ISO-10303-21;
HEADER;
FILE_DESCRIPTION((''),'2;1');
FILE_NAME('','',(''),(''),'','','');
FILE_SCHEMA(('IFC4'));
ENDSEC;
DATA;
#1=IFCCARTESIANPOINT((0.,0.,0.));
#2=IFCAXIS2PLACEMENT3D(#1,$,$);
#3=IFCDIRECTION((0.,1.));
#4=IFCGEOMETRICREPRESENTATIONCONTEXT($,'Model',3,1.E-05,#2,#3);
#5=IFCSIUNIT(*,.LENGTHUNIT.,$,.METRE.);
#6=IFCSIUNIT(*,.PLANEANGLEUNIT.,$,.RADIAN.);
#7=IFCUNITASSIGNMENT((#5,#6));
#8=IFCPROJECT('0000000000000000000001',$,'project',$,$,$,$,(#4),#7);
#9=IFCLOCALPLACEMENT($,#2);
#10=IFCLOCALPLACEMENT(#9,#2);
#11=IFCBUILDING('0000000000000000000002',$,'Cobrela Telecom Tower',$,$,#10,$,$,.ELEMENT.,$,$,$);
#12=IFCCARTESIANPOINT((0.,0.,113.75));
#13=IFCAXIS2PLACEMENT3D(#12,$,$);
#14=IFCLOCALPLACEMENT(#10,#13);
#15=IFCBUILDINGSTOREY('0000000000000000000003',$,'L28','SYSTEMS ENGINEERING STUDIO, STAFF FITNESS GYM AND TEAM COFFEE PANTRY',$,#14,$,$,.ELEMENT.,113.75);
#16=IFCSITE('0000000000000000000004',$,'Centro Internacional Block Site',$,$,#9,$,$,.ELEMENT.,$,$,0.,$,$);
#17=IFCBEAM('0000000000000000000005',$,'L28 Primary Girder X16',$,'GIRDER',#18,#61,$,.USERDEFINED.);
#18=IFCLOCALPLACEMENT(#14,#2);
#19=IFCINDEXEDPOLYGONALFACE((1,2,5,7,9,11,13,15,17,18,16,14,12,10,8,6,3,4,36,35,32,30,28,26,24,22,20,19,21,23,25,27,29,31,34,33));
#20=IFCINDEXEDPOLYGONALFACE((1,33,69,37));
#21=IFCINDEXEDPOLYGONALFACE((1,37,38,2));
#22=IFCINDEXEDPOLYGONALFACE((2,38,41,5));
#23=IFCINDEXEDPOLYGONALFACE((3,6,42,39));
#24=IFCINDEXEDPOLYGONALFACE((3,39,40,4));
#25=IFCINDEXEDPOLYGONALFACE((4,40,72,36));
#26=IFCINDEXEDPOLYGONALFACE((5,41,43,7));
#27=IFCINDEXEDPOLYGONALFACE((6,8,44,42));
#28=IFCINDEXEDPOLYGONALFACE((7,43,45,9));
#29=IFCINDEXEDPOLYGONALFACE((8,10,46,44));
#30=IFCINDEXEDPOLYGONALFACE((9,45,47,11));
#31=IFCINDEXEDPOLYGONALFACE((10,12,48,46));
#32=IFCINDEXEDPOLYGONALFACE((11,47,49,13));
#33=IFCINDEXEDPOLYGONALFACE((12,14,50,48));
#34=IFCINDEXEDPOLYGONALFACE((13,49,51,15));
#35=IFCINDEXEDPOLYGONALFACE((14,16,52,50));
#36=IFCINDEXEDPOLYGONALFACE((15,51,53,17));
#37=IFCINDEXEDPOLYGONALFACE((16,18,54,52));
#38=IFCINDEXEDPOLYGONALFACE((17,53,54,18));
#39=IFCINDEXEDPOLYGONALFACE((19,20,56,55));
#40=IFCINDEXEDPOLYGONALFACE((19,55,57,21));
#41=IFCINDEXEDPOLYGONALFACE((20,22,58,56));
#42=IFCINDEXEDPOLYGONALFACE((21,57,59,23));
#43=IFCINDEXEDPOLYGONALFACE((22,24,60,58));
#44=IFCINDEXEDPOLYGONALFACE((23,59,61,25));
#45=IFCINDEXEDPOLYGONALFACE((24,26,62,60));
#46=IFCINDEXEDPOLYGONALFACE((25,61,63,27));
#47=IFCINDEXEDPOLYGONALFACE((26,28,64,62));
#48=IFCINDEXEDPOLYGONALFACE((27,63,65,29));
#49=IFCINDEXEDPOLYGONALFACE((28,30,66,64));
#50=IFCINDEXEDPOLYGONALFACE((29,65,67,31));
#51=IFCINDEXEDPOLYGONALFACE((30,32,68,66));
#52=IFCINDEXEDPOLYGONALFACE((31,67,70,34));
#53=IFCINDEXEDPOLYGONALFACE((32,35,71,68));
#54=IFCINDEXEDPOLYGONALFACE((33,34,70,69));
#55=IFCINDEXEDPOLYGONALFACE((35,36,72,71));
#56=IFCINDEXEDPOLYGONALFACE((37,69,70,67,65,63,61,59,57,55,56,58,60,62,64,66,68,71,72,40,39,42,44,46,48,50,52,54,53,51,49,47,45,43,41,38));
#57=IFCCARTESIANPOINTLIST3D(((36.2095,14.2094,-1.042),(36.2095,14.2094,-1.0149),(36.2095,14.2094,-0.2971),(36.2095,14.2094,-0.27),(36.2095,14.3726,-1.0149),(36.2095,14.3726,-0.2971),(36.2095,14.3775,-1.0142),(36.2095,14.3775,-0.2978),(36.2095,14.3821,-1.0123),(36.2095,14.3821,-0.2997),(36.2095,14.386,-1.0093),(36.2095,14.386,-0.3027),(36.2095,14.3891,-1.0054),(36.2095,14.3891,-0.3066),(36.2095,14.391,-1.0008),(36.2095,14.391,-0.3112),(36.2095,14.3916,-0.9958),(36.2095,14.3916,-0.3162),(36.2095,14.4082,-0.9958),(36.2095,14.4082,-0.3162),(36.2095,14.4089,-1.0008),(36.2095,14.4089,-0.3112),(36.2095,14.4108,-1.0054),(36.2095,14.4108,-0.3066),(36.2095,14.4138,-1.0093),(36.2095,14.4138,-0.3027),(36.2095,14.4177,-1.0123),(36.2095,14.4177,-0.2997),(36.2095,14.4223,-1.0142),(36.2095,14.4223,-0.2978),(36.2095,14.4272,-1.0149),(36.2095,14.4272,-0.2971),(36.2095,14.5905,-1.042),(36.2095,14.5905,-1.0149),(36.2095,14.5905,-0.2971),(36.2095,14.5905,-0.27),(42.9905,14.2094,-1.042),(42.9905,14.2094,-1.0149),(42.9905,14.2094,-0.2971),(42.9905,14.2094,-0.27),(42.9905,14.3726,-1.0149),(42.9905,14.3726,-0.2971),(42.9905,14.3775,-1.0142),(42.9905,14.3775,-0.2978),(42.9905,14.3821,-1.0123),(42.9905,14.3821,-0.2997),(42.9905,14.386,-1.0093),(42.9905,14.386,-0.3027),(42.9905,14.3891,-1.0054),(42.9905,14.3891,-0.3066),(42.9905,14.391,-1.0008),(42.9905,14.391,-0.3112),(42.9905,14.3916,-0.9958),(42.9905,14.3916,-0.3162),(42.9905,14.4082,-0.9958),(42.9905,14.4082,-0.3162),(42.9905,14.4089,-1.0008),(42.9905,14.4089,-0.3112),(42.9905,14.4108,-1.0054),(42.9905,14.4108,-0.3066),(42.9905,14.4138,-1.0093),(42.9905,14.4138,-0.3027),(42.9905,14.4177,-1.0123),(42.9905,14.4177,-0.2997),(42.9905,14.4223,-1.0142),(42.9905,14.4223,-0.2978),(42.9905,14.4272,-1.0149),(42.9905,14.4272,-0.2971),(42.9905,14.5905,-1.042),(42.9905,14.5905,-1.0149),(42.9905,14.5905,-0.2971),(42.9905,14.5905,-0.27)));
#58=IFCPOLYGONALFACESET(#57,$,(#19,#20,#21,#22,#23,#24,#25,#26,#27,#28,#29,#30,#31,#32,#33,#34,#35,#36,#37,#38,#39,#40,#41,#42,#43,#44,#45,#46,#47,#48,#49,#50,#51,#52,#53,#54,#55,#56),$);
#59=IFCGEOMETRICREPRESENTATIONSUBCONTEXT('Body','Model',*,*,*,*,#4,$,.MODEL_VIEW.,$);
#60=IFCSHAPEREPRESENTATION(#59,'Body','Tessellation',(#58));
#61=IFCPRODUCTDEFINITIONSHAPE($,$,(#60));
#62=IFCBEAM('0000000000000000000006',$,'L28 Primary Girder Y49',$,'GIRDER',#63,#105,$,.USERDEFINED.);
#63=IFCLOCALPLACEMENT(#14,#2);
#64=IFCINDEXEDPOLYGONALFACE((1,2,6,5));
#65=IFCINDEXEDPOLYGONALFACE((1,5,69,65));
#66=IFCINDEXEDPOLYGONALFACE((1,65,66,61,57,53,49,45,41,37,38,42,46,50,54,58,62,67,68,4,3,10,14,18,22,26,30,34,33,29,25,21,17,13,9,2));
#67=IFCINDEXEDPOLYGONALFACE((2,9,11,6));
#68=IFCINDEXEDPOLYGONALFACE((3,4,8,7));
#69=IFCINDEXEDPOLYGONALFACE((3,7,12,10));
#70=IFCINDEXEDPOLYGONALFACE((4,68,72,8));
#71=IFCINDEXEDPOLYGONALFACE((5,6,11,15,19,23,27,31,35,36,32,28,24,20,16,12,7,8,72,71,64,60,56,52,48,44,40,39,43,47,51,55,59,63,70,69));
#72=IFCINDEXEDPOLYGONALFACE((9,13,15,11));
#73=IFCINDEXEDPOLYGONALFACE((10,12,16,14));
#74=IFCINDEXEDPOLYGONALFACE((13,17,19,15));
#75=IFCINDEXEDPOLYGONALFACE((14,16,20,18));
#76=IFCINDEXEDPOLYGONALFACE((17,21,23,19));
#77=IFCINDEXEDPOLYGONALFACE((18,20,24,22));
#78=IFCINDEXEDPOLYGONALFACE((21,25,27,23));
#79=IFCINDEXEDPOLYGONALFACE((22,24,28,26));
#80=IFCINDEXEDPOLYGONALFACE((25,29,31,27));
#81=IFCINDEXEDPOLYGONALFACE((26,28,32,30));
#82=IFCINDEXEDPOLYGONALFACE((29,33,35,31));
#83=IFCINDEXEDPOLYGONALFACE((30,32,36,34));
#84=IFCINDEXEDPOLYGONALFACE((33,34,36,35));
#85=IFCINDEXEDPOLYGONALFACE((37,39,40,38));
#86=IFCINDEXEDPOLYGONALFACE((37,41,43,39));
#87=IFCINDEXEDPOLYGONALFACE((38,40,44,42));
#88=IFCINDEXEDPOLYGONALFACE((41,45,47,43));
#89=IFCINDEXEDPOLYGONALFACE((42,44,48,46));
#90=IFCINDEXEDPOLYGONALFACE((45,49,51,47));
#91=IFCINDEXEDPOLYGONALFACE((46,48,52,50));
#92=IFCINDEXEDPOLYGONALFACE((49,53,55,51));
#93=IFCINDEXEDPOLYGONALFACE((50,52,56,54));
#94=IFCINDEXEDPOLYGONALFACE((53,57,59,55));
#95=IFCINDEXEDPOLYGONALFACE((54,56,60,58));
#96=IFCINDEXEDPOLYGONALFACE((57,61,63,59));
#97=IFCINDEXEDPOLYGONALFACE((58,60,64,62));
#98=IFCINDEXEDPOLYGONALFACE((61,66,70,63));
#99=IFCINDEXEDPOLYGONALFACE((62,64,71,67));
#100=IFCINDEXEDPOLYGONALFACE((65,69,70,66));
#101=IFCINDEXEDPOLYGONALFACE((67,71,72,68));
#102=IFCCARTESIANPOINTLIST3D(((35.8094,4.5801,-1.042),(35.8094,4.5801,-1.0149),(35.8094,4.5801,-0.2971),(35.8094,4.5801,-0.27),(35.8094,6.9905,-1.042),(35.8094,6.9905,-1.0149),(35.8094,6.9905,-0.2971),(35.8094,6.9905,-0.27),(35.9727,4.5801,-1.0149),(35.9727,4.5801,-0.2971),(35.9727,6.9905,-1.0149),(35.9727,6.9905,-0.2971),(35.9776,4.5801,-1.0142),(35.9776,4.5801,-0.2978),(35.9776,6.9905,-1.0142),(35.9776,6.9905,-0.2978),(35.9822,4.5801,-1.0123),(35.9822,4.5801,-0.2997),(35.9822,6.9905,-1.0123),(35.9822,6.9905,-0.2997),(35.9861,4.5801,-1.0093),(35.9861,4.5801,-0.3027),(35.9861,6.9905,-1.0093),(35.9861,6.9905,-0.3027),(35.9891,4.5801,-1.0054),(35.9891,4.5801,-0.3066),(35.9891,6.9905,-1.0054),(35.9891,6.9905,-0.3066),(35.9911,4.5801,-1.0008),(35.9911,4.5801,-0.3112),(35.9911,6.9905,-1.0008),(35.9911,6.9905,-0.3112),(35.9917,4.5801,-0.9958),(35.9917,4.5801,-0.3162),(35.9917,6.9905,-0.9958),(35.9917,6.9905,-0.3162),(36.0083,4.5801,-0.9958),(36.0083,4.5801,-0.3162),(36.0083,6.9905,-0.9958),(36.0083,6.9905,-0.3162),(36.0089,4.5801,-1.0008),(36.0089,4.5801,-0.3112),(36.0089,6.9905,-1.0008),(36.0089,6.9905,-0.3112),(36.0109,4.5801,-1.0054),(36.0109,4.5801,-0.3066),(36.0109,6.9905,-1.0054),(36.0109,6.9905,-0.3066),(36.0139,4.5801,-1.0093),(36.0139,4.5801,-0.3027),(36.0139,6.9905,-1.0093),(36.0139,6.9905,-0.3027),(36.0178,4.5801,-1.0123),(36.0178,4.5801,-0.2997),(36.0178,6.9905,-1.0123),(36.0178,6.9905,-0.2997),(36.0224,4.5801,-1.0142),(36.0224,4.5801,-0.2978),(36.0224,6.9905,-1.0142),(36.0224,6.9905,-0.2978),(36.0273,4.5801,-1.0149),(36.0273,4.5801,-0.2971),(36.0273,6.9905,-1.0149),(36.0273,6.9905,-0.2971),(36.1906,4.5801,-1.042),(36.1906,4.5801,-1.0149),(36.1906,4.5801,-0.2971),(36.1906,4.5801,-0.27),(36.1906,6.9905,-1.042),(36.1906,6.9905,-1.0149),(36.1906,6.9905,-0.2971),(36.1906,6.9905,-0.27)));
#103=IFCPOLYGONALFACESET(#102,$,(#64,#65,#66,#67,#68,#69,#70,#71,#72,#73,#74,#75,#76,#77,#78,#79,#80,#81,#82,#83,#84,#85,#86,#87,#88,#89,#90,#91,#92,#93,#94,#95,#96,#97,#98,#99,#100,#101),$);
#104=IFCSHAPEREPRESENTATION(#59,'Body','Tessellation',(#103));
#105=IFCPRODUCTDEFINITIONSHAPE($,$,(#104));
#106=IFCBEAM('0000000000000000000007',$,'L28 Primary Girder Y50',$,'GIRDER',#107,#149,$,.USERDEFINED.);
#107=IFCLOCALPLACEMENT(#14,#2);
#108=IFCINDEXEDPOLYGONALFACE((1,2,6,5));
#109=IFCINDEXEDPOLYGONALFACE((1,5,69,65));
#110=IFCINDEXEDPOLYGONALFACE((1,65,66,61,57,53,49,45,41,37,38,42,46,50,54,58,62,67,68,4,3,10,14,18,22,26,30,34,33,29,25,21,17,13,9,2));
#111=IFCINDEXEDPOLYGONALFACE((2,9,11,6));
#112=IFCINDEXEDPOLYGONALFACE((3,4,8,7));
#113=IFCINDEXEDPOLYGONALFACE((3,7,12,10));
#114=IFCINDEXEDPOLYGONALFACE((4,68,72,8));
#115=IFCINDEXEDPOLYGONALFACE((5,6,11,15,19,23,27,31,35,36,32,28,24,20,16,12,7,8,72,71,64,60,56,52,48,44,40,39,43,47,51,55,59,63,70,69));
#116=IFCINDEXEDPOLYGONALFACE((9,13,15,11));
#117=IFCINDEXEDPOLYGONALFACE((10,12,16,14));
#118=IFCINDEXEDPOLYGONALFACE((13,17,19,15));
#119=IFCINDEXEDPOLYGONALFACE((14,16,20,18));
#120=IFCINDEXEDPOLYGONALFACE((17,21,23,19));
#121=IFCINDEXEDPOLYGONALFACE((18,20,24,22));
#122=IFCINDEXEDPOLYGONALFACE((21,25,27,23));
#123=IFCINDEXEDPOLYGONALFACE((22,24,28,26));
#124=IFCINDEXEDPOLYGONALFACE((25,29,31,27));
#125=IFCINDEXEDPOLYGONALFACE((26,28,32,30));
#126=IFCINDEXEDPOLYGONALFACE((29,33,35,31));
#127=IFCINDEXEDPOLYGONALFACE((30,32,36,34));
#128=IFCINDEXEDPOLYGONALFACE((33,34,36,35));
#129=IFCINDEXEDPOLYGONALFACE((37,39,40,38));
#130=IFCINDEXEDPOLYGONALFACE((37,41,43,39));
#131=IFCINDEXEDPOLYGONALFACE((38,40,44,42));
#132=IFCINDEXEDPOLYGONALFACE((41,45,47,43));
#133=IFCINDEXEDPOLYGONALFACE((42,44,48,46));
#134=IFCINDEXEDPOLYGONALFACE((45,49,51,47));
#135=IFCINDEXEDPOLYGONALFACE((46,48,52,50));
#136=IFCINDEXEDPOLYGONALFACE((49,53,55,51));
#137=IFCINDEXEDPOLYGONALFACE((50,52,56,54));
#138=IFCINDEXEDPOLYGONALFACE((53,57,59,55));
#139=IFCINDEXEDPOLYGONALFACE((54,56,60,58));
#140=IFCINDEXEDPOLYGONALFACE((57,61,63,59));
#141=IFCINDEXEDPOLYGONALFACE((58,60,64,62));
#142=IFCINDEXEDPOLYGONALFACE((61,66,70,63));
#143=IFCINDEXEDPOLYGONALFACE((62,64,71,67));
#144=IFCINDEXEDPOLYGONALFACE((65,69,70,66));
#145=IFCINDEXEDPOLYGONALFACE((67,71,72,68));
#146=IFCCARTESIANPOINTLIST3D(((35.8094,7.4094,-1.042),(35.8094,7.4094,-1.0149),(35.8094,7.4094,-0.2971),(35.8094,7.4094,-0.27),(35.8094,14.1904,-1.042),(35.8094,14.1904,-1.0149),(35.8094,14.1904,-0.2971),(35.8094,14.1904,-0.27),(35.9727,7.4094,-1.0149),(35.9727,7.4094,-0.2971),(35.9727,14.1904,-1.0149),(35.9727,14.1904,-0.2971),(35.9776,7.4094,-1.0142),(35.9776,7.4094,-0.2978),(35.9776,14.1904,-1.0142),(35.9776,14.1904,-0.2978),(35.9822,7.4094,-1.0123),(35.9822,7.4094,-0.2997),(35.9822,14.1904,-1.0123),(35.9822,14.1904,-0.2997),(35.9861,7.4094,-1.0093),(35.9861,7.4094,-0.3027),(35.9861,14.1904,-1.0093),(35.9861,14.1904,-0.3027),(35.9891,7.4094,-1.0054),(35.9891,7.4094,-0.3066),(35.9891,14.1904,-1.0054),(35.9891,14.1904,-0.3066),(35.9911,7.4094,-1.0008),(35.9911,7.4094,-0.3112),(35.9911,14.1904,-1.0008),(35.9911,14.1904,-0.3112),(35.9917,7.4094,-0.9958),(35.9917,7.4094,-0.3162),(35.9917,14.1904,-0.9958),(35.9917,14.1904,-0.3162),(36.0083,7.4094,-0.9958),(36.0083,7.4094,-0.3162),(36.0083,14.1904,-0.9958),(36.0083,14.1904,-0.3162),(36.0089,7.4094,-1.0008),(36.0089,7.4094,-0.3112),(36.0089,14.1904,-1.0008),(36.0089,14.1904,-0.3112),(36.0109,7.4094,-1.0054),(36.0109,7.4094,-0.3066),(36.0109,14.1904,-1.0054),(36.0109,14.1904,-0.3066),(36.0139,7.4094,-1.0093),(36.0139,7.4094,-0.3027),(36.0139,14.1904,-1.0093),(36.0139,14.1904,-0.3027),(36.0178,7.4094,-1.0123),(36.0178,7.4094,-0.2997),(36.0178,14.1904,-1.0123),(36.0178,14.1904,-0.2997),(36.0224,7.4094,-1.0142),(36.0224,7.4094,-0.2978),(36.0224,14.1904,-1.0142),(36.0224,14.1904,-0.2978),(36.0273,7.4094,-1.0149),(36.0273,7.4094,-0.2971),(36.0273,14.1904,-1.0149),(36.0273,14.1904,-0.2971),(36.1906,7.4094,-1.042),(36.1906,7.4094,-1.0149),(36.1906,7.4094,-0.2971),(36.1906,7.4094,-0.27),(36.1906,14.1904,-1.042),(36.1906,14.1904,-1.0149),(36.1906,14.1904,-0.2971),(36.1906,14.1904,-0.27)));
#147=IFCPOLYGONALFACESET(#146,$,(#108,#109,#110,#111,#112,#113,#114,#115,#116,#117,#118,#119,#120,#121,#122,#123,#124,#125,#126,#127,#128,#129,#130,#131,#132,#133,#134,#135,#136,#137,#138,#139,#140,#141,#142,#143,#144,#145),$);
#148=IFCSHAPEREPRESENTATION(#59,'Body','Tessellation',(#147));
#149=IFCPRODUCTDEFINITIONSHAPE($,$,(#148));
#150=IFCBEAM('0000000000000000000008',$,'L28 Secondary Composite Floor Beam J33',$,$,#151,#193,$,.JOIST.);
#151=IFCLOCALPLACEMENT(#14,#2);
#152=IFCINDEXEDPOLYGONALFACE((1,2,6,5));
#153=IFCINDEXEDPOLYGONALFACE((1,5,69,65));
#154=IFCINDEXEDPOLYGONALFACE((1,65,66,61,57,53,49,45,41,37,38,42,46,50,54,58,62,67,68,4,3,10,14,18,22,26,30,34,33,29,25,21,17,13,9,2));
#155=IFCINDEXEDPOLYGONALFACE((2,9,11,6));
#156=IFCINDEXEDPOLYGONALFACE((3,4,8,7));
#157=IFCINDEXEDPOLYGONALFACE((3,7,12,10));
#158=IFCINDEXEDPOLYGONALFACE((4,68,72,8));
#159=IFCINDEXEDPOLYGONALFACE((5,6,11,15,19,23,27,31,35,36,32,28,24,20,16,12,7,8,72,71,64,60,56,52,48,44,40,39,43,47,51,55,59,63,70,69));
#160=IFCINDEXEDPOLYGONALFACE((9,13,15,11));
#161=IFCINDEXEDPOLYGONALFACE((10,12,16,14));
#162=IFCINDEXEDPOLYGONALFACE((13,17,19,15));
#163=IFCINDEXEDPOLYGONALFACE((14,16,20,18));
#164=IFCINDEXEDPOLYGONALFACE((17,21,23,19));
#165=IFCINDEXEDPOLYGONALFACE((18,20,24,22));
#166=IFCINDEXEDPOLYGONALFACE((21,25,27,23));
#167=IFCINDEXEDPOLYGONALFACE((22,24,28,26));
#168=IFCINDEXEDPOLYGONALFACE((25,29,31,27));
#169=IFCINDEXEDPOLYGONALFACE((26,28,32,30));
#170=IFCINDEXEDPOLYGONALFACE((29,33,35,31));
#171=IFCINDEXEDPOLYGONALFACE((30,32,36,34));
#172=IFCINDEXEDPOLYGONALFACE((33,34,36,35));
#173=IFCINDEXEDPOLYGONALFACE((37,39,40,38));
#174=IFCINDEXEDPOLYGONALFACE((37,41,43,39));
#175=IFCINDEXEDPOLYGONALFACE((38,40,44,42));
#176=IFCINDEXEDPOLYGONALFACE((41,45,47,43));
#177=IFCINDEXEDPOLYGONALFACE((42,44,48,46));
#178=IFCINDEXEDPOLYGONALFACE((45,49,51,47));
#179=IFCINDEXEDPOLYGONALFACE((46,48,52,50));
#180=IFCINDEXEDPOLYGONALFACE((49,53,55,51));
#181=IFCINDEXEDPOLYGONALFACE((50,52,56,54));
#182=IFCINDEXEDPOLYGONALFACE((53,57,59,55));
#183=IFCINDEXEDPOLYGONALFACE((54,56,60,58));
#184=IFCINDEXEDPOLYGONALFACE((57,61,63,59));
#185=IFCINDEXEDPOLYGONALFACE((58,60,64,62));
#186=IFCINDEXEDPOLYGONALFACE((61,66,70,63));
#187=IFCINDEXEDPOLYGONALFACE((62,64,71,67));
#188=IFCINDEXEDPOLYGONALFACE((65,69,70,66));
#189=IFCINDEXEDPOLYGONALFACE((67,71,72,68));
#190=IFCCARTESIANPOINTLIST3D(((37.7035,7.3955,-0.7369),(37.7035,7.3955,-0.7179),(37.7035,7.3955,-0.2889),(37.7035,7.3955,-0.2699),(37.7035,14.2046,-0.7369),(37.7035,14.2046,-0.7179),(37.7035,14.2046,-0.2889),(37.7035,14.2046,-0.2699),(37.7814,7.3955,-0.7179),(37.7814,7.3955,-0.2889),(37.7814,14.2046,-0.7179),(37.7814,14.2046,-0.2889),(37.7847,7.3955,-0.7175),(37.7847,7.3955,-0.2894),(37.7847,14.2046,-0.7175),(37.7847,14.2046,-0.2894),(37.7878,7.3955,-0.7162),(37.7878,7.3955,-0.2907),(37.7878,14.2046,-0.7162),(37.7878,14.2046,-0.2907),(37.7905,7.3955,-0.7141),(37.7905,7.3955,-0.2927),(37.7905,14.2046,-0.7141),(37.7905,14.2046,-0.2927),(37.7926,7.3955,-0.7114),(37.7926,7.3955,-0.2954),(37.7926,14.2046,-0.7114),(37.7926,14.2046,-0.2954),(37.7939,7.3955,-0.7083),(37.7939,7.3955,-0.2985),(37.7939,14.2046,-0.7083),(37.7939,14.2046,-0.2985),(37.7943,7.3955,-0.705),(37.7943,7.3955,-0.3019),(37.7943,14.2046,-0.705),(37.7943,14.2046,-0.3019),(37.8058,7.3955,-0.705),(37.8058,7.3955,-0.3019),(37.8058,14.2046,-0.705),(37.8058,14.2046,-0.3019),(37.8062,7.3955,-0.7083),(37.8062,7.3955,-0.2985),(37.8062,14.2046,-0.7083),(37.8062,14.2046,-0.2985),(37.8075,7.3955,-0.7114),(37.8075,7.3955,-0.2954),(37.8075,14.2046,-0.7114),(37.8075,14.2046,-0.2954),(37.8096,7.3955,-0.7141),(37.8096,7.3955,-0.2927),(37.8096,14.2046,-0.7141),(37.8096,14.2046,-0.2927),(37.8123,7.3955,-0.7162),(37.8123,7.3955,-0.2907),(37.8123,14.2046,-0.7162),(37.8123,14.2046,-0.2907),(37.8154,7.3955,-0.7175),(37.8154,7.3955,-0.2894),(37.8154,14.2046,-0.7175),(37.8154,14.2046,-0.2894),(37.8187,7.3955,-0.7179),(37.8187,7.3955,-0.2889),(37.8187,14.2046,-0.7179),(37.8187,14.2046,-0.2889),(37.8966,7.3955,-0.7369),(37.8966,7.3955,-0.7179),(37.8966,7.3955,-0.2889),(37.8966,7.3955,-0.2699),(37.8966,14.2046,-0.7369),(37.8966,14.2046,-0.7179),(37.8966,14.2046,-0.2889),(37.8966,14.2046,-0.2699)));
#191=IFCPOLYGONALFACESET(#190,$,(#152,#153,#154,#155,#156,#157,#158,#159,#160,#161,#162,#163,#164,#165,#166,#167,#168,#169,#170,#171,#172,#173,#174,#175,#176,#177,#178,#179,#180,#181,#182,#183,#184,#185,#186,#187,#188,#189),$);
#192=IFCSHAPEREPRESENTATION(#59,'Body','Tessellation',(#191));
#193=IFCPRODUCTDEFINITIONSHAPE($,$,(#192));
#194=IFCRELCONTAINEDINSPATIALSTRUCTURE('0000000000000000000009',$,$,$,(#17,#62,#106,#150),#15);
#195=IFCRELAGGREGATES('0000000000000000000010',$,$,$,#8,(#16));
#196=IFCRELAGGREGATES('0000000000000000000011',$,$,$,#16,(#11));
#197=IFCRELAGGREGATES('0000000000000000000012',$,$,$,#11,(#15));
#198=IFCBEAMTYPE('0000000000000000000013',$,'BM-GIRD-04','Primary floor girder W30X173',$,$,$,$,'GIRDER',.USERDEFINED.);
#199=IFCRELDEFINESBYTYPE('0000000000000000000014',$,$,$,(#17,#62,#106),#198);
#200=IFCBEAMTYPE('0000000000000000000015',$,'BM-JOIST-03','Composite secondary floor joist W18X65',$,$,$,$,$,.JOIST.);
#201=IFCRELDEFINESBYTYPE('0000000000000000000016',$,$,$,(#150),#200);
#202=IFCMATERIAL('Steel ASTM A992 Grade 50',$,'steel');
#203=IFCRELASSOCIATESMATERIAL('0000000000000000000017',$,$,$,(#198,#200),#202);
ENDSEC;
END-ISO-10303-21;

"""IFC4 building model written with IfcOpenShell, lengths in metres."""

from ifc_helpers import new_model, si_unit, direction, frame, origin, origin_2d, place, context, subcontext, project, spatial, i_section, extrude, material, material_profile, profile_set, type_object, element, save


model = new_model("IFC4")

# Units and contexts
model_context = context("Model", 3, precision=1e-05, world=origin(), true_north=direction((0.0, 1.0)))
body_context = subcontext(model_context, "Body", "Model", "MODEL_VIEW")
ifc_project = project(units=[si_unit("LENGTHUNIT", "METRE"), si_unit("PLANEANGLEUNIT", "RADIAN")], contexts=[model_context])

# Site, building, storey
site_placement = place(None, origin())
site = spatial("IfcSite", under=ifc_project, at=site_placement, Name="Centro Internacional Block Site", CompositionType="ELEMENT", RefElevation=0.0)
building_placement = place(site_placement, origin())
building = spatial("IfcBuilding", under=site, at=building_placement, Name="Cobrela Telecom Tower", CompositionType="ELEMENT")
storey_placement = place(building_placement, frame((0.0, 0.0, 113.75)))
storey = spatial("IfcBuildingStorey", under=building, at=storey_placement, Name="L28", Description="SYSTEMS ENGINEERING STUDIO, STAFF FITNESS GYM AND TEAM COFFEE PANTRY", CompositionType="ELEMENT", Elevation=113.75)

# Shared definitions
ifc_material_1 = material(Name="Steel ASTM A992 Grade 50", Category="steel")

# Beams
ifc_material_profile_1 = material_profile(ifc_material_1, i_section(OverallWidth=0.3811, OverallDepth=0.772, WebThickness=0.0166, FlangeThickness=0.0271, FilletRadius=0.019, at=origin_2d()), Name="W30X173")
ifc_profile_set_1 = profile_set([ifc_material_profile_1], Name="Steel ASTM A992 Grade 50")
beam_type_1 = type_object("IfcBeamType", Name="BM-GIRD-04", Description="Primary floor girder W30X173", ElementType="GIRDER", PredefinedType="USERDEFINED", material=ifc_profile_set_1)
beam_1_placement = place(storey_placement, frame((36.2095, 14.3999, -0.656), z_axis=(1.0, 0.0, 0.0), x_axis=(0.0, 1.0, 0.0)))
element("IfcBeam", 1, at=beam_1_placement, inside=storey, type_object=beam_type_1, Name="L28 Primary Girder X16", ObjectType="GIRDER", PredefinedType="USERDEFINED", context=body_context, shape_type="SweptSolid", body=[
    extrude(i_section(OverallWidth=0.3811, OverallDepth=0.772, WebThickness=0.0166, FlangeThickness=0.0271, FilletRadius=0.019, at=origin_2d()), origin(), (0.0, 0.0, 1.0), 6.781),
])
beam_2_placement = place(storey_placement, frame((36.0, 4.5801, -0.656), z_axis=(0.0, 1.0, 0.0), x_axis=(-1.0, 0.0, 0.0)))
element("IfcBeam", 2, at=beam_2_placement, inside=storey, type_object=beam_type_1, Name="L28 Primary Girder Y49", ObjectType="GIRDER", PredefinedType="USERDEFINED", context=body_context, shape_type="SweptSolid", body=[
    extrude(i_section(OverallWidth=0.3811, OverallDepth=0.772, WebThickness=0.0166, FlangeThickness=0.0271, FilletRadius=0.019, at=origin_2d()), origin(), (0.0, 0.0, 1.0), 2.4104),
])
beam_3_placement = place(storey_placement, frame((36.0, 7.4094, -0.656), z_axis=(0.0, 1.0, 0.0), x_axis=(-1.0, 0.0, 0.0)))
element("IfcBeam", 3, at=beam_3_placement, inside=storey, type_object=beam_type_1, Name="L28 Primary Girder Y50", ObjectType="GIRDER", PredefinedType="USERDEFINED", context=body_context, shape_type="SweptSolid", body=[
    extrude(i_section(OverallWidth=0.3811, OverallDepth=0.772, WebThickness=0.0166, FlangeThickness=0.0271, FilletRadius=0.019, at=origin_2d()), origin(), (0.0, 0.0, 1.0), 6.781),
])
ifc_material_profile_2 = material_profile(ifc_material_1, i_section(OverallWidth=0.1931, OverallDepth=0.467, WebThickness=0.0115, FlangeThickness=0.019, FilletRadius=0.0129, at=origin_2d()), Name="W18X65")
ifc_profile_set_2 = profile_set([ifc_material_profile_2], Name="Steel ASTM A992 Grade 50")
beam_type_2 = type_object("IfcBeamType", Name="BM-JOIST-03", Description="Composite secondary floor joist W18X65", PredefinedType="JOIST", material=ifc_profile_set_2)
for number, where, z_axis, x_axis, name in (
    (4, (37.8, 7.3955, -0.5034), (0.0, 1.0, 0.0), (-1.0, 0.0, 0.0), "L28 Secondary Composite Floor Beam J33"),
):
    element("IfcBeam", number, at=place(storey_placement, frame(where, z_axis=z_axis, x_axis=x_axis)), inside=storey, type_object=beam_type_2, Name=name, PredefinedType="JOIST", context=body_context, shape_type="SweptSolid", body=[
        extrude(i_section(OverallWidth=0.1931, OverallDepth=0.467, WebThickness=0.0115, FlangeThickness=0.019, FilletRadius=0.0129, at=origin_2d()), origin(), (0.0, 0.0, 1.0), 6.8091),
    ])

save(model, "model.ifc")
